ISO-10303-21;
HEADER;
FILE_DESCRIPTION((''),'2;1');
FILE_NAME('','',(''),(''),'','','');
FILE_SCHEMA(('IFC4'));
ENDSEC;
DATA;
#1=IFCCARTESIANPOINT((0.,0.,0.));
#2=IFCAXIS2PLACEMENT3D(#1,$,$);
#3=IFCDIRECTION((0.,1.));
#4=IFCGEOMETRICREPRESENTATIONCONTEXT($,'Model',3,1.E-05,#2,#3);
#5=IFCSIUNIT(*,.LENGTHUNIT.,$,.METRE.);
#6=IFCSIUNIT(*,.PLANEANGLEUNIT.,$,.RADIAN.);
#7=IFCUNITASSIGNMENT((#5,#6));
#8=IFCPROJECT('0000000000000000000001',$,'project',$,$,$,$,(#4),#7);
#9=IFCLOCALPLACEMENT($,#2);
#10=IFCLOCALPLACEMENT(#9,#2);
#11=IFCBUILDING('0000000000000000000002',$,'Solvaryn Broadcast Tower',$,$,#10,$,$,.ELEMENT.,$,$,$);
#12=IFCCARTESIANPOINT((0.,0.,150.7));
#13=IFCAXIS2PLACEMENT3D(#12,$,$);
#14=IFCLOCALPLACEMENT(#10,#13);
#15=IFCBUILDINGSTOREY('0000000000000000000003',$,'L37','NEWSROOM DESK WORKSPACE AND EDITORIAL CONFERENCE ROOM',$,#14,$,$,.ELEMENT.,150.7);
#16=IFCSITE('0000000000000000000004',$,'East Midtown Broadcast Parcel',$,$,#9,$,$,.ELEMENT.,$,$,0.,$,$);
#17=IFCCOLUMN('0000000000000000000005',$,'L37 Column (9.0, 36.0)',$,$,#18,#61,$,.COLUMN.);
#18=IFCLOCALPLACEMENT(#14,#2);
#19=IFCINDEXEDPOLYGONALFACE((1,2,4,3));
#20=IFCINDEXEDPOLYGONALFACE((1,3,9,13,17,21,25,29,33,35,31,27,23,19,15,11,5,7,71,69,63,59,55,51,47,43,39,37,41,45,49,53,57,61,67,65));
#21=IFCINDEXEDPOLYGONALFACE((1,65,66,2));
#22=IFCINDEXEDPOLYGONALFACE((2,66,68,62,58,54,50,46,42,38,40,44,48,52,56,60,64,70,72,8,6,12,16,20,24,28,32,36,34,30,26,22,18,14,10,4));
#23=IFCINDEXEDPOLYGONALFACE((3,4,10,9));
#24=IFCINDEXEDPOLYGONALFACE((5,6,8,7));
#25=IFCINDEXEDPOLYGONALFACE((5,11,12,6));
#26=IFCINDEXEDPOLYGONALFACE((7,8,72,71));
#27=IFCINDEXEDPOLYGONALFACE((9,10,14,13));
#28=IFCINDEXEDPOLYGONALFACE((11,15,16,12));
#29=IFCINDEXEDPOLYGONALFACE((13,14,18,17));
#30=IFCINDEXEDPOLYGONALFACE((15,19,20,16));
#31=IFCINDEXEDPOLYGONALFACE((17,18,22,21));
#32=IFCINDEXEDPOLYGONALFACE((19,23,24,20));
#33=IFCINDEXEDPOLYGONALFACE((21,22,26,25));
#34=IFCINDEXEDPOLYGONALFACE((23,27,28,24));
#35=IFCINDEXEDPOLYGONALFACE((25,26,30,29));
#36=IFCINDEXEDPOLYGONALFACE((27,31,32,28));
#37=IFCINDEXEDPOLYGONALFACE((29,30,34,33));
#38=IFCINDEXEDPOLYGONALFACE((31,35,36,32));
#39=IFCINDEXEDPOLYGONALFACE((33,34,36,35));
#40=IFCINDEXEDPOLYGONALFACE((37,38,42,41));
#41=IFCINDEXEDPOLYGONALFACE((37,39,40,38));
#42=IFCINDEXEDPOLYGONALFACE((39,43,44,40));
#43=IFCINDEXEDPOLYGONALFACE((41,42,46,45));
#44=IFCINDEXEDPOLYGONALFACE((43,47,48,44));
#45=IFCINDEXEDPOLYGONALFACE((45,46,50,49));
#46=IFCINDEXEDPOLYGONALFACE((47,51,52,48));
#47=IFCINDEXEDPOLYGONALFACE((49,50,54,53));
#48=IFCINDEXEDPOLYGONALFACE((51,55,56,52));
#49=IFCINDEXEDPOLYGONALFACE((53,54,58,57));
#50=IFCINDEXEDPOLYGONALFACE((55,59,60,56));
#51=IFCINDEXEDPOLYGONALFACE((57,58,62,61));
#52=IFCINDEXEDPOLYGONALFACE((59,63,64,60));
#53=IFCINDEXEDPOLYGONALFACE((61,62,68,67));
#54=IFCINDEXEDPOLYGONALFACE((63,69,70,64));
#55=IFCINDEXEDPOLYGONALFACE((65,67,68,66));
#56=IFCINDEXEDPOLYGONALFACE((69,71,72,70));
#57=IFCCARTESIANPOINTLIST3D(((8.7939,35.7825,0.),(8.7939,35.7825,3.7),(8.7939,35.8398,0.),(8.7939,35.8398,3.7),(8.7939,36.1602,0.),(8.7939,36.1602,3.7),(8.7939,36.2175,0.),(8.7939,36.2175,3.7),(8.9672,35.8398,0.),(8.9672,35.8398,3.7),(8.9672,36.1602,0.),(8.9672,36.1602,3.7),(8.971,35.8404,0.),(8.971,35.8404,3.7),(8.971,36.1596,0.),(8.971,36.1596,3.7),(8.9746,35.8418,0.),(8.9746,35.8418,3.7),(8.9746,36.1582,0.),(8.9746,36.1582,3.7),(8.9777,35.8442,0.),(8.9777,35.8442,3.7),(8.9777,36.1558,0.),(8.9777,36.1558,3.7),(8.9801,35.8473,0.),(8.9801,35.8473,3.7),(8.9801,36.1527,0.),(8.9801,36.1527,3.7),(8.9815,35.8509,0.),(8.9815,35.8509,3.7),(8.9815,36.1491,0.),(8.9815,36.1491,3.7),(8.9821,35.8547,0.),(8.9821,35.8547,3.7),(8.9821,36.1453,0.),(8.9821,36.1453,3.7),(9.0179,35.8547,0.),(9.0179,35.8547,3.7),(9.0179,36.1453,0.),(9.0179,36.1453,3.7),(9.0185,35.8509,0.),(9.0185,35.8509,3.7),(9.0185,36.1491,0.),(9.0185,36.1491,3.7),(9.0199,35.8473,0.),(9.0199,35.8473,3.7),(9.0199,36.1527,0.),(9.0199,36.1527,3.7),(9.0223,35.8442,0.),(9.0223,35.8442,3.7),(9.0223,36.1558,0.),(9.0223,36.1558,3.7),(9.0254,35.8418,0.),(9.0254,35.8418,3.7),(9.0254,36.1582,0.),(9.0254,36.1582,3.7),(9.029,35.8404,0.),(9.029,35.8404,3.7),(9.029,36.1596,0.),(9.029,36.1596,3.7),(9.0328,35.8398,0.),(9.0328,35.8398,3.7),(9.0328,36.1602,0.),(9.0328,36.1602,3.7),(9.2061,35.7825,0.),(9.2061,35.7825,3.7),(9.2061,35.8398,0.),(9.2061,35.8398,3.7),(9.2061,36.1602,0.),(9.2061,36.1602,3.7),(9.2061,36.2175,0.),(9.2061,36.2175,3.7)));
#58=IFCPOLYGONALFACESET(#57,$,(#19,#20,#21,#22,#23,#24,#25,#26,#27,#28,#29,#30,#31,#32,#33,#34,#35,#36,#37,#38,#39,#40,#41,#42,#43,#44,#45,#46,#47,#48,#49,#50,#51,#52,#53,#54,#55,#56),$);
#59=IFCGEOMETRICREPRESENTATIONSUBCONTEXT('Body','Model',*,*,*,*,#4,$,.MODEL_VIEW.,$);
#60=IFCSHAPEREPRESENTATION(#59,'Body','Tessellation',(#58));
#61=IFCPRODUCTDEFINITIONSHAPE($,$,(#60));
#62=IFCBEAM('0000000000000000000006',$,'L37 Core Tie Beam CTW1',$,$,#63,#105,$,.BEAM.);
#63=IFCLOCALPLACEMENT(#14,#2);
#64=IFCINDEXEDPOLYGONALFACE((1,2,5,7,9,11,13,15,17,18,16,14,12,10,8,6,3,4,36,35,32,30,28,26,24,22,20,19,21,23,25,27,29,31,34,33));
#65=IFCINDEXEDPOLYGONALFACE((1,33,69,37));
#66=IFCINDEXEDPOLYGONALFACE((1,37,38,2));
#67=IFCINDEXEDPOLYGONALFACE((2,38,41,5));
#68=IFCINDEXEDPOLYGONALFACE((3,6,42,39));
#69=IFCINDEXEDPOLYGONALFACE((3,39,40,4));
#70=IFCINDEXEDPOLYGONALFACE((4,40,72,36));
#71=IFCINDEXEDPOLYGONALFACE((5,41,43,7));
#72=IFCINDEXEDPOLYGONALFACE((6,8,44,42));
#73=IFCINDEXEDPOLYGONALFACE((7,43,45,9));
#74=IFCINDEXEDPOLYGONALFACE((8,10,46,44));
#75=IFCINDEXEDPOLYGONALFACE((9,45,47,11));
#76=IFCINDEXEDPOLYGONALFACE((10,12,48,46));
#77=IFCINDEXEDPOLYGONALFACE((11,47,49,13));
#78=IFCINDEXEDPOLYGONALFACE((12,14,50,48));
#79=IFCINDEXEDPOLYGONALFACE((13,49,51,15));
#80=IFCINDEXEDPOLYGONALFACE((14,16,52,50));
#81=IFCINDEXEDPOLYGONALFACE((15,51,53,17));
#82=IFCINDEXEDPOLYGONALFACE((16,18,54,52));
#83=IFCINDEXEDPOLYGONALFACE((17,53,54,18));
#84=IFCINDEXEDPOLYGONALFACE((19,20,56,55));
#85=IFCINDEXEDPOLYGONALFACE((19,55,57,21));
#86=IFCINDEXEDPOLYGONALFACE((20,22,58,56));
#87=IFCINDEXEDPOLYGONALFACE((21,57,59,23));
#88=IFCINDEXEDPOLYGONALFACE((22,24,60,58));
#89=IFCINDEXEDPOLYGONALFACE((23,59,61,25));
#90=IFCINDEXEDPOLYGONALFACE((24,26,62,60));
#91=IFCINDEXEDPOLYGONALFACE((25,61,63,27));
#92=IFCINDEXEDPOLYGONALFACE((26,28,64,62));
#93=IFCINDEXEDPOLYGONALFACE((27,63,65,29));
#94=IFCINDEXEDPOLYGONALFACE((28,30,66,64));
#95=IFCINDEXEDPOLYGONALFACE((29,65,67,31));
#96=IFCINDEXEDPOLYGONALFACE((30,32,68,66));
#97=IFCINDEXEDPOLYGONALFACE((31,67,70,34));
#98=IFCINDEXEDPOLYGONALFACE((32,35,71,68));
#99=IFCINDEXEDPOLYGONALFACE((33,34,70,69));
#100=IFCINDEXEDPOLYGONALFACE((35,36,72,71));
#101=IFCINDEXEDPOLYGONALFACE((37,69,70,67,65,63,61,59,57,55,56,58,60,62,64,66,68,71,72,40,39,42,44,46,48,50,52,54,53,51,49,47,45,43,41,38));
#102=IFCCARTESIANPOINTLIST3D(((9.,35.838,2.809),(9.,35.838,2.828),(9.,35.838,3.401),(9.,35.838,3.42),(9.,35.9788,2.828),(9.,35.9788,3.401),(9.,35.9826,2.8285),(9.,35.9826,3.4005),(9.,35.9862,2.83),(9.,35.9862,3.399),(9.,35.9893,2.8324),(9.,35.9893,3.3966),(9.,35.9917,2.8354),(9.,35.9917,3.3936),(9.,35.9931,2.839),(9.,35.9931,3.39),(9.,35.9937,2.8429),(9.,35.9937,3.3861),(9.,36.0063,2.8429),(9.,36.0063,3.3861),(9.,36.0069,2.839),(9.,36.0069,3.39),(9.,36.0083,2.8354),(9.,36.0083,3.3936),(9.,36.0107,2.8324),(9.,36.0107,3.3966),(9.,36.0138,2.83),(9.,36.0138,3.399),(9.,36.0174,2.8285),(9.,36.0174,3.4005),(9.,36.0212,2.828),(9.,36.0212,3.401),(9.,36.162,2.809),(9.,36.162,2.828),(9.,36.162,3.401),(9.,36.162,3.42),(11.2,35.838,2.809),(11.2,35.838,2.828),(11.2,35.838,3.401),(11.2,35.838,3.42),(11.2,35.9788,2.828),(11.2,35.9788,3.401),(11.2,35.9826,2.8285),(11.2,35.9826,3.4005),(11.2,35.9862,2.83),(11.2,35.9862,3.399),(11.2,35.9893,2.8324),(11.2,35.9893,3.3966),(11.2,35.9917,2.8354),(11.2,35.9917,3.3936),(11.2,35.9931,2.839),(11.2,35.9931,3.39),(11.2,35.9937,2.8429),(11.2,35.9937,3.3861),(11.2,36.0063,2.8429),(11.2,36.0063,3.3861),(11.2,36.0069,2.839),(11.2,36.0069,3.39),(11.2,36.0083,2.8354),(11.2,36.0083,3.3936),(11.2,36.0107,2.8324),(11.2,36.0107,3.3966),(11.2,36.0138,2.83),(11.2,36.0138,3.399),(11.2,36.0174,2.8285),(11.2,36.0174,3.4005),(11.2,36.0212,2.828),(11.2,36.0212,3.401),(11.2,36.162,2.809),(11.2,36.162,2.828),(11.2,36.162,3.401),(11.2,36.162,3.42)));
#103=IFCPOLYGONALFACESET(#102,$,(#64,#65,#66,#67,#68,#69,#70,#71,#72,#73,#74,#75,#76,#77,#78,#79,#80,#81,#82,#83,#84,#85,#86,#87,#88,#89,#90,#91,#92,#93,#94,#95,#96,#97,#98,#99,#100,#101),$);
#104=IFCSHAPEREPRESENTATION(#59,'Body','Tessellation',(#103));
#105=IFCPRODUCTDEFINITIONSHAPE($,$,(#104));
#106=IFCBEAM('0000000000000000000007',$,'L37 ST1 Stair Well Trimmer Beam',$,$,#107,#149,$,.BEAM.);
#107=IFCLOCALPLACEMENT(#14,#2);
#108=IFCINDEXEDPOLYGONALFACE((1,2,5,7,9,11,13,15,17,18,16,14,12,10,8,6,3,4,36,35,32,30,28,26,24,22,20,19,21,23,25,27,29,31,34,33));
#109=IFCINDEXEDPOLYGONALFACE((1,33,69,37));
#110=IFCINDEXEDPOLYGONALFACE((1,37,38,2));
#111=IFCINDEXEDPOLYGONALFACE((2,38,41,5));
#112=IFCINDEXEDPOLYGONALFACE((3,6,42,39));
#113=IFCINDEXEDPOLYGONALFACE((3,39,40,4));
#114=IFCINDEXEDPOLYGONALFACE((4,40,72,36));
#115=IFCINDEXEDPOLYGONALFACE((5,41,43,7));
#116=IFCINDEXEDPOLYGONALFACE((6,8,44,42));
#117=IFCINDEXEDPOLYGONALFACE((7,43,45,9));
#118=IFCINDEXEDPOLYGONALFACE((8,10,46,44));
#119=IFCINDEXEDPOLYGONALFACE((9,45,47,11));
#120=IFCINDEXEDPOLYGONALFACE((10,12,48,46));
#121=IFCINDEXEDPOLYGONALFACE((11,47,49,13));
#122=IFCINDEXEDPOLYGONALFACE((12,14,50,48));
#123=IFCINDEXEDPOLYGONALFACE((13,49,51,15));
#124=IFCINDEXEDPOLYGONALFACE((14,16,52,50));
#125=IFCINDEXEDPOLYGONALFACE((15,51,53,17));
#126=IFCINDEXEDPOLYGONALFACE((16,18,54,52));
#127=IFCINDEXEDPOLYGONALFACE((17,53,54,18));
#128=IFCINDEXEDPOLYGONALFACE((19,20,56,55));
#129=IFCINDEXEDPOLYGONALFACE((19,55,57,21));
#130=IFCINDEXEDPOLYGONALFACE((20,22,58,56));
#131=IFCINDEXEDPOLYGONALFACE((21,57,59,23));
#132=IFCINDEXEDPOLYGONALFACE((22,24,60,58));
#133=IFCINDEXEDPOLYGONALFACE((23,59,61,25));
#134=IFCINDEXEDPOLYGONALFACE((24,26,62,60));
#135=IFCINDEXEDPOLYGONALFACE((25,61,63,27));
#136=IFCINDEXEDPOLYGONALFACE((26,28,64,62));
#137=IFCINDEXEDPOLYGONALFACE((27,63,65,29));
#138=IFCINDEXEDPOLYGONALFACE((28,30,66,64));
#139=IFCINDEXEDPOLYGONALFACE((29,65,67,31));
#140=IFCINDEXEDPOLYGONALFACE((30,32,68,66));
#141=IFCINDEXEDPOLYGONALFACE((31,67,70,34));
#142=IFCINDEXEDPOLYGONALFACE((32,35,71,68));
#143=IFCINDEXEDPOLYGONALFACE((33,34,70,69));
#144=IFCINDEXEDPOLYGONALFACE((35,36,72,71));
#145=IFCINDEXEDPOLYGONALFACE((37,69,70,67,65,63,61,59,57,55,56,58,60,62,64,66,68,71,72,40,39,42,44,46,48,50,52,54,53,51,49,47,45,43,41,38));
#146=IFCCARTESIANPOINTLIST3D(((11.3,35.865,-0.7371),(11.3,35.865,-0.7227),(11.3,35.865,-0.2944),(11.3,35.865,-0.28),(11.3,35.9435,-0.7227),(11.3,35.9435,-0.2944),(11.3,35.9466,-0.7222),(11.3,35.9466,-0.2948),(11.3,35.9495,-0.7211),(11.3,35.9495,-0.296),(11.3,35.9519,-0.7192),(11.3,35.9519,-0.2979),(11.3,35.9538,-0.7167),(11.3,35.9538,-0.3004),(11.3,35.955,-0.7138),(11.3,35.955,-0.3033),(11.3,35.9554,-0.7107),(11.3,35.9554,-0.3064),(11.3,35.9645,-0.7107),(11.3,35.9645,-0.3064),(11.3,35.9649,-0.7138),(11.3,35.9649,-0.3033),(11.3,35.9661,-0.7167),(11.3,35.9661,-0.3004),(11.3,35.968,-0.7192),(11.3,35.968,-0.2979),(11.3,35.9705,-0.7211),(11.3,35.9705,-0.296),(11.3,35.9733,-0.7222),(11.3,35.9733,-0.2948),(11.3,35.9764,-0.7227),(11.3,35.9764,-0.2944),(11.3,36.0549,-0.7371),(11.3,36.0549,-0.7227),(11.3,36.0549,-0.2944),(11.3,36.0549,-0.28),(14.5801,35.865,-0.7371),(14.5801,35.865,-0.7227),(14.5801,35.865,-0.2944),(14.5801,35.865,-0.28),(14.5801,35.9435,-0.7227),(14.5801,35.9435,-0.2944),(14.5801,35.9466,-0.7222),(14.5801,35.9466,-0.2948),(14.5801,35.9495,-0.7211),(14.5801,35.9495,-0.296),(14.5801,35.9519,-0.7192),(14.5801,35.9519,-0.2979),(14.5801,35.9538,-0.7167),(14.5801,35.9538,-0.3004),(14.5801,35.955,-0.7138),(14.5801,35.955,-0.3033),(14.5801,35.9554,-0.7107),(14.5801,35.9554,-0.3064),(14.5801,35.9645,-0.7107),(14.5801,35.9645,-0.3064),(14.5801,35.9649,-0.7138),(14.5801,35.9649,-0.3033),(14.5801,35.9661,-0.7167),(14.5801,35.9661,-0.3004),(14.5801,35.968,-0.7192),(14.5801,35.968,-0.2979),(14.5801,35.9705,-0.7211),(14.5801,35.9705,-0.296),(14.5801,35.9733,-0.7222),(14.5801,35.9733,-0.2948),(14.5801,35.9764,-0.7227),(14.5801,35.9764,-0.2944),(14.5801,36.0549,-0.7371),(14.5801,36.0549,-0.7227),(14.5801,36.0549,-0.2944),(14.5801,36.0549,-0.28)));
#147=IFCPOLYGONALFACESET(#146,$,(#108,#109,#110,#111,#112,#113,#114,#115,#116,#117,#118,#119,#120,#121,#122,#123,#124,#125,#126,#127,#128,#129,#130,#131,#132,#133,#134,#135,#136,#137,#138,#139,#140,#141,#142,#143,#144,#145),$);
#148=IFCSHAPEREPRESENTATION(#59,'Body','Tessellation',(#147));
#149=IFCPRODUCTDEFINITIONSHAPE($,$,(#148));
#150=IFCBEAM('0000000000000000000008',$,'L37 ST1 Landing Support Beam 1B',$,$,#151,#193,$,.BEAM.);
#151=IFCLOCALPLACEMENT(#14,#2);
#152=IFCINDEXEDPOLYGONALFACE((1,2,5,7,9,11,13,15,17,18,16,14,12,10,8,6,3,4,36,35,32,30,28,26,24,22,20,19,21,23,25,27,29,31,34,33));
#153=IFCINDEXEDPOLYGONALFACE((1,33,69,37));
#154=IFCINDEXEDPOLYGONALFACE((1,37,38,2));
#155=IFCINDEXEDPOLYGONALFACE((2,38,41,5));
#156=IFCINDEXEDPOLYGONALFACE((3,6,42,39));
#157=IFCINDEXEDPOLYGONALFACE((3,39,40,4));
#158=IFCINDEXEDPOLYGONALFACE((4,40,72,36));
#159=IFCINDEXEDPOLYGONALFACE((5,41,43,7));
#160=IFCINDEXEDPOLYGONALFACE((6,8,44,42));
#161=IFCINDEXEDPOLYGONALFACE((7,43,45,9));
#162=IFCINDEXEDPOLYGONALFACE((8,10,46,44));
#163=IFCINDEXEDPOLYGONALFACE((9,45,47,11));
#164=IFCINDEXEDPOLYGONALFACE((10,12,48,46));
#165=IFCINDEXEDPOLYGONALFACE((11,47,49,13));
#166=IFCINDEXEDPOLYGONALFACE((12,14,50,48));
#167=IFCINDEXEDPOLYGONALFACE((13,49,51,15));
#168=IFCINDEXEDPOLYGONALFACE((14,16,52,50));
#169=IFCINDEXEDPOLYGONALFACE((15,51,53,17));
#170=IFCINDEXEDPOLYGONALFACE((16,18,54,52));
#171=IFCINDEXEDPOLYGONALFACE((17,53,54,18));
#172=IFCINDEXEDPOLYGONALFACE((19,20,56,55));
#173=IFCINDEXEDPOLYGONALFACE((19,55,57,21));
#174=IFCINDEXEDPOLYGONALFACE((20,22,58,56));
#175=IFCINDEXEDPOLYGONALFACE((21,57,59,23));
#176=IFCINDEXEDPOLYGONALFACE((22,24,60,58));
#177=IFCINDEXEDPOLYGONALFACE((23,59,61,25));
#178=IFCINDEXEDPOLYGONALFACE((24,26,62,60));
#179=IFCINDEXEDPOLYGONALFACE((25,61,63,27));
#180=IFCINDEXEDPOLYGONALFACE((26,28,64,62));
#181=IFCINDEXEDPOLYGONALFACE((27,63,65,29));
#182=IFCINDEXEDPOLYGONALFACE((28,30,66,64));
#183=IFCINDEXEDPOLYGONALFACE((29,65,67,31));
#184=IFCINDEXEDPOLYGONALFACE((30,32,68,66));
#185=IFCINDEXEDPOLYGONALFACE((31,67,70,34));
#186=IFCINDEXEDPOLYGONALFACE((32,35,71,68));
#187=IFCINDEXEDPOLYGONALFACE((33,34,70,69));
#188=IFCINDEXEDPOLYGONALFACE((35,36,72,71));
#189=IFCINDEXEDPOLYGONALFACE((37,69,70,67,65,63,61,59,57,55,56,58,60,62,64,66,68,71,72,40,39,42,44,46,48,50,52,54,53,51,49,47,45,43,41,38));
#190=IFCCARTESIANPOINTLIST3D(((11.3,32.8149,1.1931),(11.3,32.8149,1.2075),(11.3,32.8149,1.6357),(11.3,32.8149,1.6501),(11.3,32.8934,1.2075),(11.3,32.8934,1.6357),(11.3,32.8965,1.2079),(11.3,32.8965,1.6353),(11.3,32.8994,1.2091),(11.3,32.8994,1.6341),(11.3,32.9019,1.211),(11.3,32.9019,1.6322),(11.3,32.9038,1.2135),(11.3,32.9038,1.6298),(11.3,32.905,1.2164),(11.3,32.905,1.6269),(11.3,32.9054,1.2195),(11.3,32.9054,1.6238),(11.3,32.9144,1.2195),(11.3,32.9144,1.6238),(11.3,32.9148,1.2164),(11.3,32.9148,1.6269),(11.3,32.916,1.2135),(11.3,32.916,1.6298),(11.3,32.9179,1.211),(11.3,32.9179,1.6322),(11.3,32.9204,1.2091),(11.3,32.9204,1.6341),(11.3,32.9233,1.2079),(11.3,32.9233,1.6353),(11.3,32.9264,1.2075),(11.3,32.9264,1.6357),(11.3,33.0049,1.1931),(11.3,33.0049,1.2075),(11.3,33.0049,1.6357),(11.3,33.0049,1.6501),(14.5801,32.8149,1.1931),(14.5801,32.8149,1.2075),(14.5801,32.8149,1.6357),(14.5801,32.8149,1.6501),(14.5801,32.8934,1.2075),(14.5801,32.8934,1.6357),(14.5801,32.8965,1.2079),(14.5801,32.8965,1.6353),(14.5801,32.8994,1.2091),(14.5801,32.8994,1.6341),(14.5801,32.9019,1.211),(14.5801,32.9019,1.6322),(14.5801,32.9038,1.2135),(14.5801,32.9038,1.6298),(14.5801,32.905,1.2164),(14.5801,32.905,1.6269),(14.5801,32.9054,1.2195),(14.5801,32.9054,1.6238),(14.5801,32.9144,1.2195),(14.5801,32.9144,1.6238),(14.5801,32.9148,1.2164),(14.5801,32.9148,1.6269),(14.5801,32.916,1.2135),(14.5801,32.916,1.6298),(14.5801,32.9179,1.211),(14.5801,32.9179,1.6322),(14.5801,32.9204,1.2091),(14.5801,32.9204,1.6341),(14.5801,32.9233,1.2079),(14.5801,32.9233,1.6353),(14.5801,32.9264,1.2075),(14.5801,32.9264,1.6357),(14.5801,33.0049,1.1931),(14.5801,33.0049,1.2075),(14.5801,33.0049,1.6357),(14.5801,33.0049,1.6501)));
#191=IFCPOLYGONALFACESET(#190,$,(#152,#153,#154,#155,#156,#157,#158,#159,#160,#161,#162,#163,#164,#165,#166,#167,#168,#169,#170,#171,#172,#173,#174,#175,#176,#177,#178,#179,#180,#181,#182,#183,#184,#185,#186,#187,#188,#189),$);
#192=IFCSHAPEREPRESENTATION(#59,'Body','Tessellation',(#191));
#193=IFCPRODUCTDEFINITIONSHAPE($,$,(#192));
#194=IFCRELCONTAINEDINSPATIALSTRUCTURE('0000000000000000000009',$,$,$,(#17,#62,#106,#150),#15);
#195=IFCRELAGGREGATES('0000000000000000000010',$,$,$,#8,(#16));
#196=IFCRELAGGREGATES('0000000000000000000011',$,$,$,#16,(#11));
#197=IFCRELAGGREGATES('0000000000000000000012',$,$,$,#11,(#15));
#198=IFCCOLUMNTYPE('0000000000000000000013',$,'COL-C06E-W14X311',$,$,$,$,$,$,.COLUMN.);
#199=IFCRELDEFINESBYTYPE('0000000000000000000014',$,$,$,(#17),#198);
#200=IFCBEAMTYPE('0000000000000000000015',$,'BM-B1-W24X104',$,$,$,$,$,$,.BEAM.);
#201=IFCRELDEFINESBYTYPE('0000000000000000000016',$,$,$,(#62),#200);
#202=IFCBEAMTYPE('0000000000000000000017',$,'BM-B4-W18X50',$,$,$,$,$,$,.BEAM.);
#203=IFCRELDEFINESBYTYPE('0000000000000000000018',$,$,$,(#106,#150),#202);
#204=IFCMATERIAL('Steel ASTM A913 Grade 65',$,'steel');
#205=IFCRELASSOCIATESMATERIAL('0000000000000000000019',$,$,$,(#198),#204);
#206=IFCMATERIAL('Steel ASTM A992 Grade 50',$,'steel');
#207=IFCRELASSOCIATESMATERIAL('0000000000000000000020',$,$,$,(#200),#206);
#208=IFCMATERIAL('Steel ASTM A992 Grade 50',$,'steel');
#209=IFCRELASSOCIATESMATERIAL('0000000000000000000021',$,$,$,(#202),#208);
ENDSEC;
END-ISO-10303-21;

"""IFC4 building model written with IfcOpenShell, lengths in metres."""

from ifc_helpers import new_model, si_unit, direction, frame, origin, origin_2d, place, context, subcontext, project, spatial, i_section, extrude, material, material_profile, profile_set, type_object, element, save


model = new_model("IFC4")

# Units and contexts
model_context = context("Model", 3, precision=1e-05, world=origin(), true_north=direction((0.0, 1.0)))
body_context = subcontext(model_context, "Body", "Model", "MODEL_VIEW")
ifc_project = project(units=[si_unit("LENGTHUNIT", "METRE"), si_unit("PLANEANGLEUNIT", "RADIAN")], contexts=[model_context])

# Site, building, storey
site_placement = place(None, origin())
site = spatial("IfcSite", under=ifc_project, at=site_placement, Name="East Midtown Broadcast Parcel", CompositionType="ELEMENT", RefElevation=0.0)
building_placement = place(site_placement, origin())
building = spatial("IfcBuilding", under=site, at=building_placement, Name="Solvaryn Broadcast Tower", CompositionType="ELEMENT")
storey_placement = place(building_placement, frame((0.0, 0.0, 150.7)))
storey = spatial("IfcBuildingStorey", under=building, at=storey_placement, Name="L37", Description="NEWSROOM DESK WORKSPACE AND EDITORIAL CONFERENCE ROOM", CompositionType="ELEMENT", Elevation=150.7)

# Column
ifc_material_1 = material(Name="Steel ASTM A913 Grade 65", Category="steel")
ifc_material_profile_1 = material_profile(ifc_material_1, i_section(OverallWidth=0.4121, OverallDepth=0.4351, WebThickness=0.0359, FlangeThickness=0.0574, FilletRadius=0.0149, at=origin_2d()))
ifc_profile_set_1 = profile_set([ifc_material_profile_1], Name="Steel ASTM A913 Grade 65")
column_type = type_object("IfcColumnType", Name="COL-C06E-W14X311", PredefinedType="COLUMN", material=ifc_profile_set_1)
column_placement = place(storey_placement, frame((9.0, 36.0, 0.0), z_axis=(0.0, 0.0, 1.0), x_axis=(1.0, 0.0, 0.0)))
element("IfcColumn", 1, at=column_placement, inside=storey, type_object=column_type, Name="L37 Column (9.0, 36.0)", PredefinedType="COLUMN", context=body_context, shape_type="SweptSolid", body=[
    extrude(i_section(OverallWidth=0.4121, OverallDepth=0.4351, WebThickness=0.0359, FlangeThickness=0.0574, FilletRadius=0.0149, at=origin_2d()), origin(), (0.0, 0.0, 1.0), 3.7),
])

# Beams
ifc_material_2 = material(Name="Steel ASTM A992 Grade 50", Category="steel")
ifc_material_profile_2 = material_profile(ifc_material_2, i_section(OverallWidth=0.324, OverallDepth=0.6111, WebThickness=0.0127, FlangeThickness=0.019, FilletRadius=0.0149, at=origin_2d()))
ifc_profile_set_2 = profile_set([ifc_material_profile_2], Name="Steel ASTM A992 Grade 50")
beam_type_1 = type_object("IfcBeamType", Name="BM-B1-W24X104", PredefinedType="BEAM", material=ifc_profile_set_2)
beam_1_placement = place(storey_placement, frame((9.0, 36.0, 3.1145), z_axis=(1.0, 0.0, 0.0), x_axis=(0.0, 1.0, 0.0)))
element("IfcBeam", 2, at=beam_1_placement, inside=storey, type_object=beam_type_1, Name="L37 Core Tie Beam CTW1", PredefinedType="BEAM", context=body_context, shape_type="SweptSolid", body=[
    extrude(i_section(OverallWidth=0.324, OverallDepth=0.6111, WebThickness=0.0127, FlangeThickness=0.019, FilletRadius=0.0149, at=origin_2d()), origin(), (0.0, 0.0, 1.0), 2.2),
])
ifc_material_3 = material(Name="Steel ASTM A992 Grade 50", Category="steel")
ifc_material_profile_3 = material_profile(ifc_material_3, i_section(OverallWidth=0.1899, OverallDepth=0.457, WebThickness=0.009, FlangeThickness=0.0144, FilletRadius=0.012, at=origin_2d()))
ifc_profile_set_3 = profile_set([ifc_material_profile_3], Name="Steel ASTM A992 Grade 50")
beam_type_2 = type_object("IfcBeamType", Name="BM-B4-W18X50", PredefinedType="BEAM", material=ifc_profile_set_3)
for number, where, z_axis, x_axis, name in (
    (3, (11.3, 35.96, -0.5085), (1.0, 0.0, 0.0), (0.0, 1.0, 0.0), "L37 ST1 Stair Well Trimmer Beam"),
    (4, (11.3, 32.9099, 1.4216), (1.0, 0.0, 0.0), (0.0, 1.0, 0.0), "L37 ST1 Landing Support Beam 1B"),
):
    element("IfcBeam", number, at=place(storey_placement, frame(where, z_axis=z_axis, x_axis=x_axis)), inside=storey, type_object=beam_type_2, Name=name, PredefinedType="BEAM", context=body_context, shape_type="SweptSolid", body=[
        extrude(i_section(OverallWidth=0.1899, OverallDepth=0.457, WebThickness=0.009, FlangeThickness=0.0144, FilletRadius=0.012, at=origin_2d()), origin(), (0.0, 0.0, 1.0), 3.28),
    ])

save(model, "model.ifc")
